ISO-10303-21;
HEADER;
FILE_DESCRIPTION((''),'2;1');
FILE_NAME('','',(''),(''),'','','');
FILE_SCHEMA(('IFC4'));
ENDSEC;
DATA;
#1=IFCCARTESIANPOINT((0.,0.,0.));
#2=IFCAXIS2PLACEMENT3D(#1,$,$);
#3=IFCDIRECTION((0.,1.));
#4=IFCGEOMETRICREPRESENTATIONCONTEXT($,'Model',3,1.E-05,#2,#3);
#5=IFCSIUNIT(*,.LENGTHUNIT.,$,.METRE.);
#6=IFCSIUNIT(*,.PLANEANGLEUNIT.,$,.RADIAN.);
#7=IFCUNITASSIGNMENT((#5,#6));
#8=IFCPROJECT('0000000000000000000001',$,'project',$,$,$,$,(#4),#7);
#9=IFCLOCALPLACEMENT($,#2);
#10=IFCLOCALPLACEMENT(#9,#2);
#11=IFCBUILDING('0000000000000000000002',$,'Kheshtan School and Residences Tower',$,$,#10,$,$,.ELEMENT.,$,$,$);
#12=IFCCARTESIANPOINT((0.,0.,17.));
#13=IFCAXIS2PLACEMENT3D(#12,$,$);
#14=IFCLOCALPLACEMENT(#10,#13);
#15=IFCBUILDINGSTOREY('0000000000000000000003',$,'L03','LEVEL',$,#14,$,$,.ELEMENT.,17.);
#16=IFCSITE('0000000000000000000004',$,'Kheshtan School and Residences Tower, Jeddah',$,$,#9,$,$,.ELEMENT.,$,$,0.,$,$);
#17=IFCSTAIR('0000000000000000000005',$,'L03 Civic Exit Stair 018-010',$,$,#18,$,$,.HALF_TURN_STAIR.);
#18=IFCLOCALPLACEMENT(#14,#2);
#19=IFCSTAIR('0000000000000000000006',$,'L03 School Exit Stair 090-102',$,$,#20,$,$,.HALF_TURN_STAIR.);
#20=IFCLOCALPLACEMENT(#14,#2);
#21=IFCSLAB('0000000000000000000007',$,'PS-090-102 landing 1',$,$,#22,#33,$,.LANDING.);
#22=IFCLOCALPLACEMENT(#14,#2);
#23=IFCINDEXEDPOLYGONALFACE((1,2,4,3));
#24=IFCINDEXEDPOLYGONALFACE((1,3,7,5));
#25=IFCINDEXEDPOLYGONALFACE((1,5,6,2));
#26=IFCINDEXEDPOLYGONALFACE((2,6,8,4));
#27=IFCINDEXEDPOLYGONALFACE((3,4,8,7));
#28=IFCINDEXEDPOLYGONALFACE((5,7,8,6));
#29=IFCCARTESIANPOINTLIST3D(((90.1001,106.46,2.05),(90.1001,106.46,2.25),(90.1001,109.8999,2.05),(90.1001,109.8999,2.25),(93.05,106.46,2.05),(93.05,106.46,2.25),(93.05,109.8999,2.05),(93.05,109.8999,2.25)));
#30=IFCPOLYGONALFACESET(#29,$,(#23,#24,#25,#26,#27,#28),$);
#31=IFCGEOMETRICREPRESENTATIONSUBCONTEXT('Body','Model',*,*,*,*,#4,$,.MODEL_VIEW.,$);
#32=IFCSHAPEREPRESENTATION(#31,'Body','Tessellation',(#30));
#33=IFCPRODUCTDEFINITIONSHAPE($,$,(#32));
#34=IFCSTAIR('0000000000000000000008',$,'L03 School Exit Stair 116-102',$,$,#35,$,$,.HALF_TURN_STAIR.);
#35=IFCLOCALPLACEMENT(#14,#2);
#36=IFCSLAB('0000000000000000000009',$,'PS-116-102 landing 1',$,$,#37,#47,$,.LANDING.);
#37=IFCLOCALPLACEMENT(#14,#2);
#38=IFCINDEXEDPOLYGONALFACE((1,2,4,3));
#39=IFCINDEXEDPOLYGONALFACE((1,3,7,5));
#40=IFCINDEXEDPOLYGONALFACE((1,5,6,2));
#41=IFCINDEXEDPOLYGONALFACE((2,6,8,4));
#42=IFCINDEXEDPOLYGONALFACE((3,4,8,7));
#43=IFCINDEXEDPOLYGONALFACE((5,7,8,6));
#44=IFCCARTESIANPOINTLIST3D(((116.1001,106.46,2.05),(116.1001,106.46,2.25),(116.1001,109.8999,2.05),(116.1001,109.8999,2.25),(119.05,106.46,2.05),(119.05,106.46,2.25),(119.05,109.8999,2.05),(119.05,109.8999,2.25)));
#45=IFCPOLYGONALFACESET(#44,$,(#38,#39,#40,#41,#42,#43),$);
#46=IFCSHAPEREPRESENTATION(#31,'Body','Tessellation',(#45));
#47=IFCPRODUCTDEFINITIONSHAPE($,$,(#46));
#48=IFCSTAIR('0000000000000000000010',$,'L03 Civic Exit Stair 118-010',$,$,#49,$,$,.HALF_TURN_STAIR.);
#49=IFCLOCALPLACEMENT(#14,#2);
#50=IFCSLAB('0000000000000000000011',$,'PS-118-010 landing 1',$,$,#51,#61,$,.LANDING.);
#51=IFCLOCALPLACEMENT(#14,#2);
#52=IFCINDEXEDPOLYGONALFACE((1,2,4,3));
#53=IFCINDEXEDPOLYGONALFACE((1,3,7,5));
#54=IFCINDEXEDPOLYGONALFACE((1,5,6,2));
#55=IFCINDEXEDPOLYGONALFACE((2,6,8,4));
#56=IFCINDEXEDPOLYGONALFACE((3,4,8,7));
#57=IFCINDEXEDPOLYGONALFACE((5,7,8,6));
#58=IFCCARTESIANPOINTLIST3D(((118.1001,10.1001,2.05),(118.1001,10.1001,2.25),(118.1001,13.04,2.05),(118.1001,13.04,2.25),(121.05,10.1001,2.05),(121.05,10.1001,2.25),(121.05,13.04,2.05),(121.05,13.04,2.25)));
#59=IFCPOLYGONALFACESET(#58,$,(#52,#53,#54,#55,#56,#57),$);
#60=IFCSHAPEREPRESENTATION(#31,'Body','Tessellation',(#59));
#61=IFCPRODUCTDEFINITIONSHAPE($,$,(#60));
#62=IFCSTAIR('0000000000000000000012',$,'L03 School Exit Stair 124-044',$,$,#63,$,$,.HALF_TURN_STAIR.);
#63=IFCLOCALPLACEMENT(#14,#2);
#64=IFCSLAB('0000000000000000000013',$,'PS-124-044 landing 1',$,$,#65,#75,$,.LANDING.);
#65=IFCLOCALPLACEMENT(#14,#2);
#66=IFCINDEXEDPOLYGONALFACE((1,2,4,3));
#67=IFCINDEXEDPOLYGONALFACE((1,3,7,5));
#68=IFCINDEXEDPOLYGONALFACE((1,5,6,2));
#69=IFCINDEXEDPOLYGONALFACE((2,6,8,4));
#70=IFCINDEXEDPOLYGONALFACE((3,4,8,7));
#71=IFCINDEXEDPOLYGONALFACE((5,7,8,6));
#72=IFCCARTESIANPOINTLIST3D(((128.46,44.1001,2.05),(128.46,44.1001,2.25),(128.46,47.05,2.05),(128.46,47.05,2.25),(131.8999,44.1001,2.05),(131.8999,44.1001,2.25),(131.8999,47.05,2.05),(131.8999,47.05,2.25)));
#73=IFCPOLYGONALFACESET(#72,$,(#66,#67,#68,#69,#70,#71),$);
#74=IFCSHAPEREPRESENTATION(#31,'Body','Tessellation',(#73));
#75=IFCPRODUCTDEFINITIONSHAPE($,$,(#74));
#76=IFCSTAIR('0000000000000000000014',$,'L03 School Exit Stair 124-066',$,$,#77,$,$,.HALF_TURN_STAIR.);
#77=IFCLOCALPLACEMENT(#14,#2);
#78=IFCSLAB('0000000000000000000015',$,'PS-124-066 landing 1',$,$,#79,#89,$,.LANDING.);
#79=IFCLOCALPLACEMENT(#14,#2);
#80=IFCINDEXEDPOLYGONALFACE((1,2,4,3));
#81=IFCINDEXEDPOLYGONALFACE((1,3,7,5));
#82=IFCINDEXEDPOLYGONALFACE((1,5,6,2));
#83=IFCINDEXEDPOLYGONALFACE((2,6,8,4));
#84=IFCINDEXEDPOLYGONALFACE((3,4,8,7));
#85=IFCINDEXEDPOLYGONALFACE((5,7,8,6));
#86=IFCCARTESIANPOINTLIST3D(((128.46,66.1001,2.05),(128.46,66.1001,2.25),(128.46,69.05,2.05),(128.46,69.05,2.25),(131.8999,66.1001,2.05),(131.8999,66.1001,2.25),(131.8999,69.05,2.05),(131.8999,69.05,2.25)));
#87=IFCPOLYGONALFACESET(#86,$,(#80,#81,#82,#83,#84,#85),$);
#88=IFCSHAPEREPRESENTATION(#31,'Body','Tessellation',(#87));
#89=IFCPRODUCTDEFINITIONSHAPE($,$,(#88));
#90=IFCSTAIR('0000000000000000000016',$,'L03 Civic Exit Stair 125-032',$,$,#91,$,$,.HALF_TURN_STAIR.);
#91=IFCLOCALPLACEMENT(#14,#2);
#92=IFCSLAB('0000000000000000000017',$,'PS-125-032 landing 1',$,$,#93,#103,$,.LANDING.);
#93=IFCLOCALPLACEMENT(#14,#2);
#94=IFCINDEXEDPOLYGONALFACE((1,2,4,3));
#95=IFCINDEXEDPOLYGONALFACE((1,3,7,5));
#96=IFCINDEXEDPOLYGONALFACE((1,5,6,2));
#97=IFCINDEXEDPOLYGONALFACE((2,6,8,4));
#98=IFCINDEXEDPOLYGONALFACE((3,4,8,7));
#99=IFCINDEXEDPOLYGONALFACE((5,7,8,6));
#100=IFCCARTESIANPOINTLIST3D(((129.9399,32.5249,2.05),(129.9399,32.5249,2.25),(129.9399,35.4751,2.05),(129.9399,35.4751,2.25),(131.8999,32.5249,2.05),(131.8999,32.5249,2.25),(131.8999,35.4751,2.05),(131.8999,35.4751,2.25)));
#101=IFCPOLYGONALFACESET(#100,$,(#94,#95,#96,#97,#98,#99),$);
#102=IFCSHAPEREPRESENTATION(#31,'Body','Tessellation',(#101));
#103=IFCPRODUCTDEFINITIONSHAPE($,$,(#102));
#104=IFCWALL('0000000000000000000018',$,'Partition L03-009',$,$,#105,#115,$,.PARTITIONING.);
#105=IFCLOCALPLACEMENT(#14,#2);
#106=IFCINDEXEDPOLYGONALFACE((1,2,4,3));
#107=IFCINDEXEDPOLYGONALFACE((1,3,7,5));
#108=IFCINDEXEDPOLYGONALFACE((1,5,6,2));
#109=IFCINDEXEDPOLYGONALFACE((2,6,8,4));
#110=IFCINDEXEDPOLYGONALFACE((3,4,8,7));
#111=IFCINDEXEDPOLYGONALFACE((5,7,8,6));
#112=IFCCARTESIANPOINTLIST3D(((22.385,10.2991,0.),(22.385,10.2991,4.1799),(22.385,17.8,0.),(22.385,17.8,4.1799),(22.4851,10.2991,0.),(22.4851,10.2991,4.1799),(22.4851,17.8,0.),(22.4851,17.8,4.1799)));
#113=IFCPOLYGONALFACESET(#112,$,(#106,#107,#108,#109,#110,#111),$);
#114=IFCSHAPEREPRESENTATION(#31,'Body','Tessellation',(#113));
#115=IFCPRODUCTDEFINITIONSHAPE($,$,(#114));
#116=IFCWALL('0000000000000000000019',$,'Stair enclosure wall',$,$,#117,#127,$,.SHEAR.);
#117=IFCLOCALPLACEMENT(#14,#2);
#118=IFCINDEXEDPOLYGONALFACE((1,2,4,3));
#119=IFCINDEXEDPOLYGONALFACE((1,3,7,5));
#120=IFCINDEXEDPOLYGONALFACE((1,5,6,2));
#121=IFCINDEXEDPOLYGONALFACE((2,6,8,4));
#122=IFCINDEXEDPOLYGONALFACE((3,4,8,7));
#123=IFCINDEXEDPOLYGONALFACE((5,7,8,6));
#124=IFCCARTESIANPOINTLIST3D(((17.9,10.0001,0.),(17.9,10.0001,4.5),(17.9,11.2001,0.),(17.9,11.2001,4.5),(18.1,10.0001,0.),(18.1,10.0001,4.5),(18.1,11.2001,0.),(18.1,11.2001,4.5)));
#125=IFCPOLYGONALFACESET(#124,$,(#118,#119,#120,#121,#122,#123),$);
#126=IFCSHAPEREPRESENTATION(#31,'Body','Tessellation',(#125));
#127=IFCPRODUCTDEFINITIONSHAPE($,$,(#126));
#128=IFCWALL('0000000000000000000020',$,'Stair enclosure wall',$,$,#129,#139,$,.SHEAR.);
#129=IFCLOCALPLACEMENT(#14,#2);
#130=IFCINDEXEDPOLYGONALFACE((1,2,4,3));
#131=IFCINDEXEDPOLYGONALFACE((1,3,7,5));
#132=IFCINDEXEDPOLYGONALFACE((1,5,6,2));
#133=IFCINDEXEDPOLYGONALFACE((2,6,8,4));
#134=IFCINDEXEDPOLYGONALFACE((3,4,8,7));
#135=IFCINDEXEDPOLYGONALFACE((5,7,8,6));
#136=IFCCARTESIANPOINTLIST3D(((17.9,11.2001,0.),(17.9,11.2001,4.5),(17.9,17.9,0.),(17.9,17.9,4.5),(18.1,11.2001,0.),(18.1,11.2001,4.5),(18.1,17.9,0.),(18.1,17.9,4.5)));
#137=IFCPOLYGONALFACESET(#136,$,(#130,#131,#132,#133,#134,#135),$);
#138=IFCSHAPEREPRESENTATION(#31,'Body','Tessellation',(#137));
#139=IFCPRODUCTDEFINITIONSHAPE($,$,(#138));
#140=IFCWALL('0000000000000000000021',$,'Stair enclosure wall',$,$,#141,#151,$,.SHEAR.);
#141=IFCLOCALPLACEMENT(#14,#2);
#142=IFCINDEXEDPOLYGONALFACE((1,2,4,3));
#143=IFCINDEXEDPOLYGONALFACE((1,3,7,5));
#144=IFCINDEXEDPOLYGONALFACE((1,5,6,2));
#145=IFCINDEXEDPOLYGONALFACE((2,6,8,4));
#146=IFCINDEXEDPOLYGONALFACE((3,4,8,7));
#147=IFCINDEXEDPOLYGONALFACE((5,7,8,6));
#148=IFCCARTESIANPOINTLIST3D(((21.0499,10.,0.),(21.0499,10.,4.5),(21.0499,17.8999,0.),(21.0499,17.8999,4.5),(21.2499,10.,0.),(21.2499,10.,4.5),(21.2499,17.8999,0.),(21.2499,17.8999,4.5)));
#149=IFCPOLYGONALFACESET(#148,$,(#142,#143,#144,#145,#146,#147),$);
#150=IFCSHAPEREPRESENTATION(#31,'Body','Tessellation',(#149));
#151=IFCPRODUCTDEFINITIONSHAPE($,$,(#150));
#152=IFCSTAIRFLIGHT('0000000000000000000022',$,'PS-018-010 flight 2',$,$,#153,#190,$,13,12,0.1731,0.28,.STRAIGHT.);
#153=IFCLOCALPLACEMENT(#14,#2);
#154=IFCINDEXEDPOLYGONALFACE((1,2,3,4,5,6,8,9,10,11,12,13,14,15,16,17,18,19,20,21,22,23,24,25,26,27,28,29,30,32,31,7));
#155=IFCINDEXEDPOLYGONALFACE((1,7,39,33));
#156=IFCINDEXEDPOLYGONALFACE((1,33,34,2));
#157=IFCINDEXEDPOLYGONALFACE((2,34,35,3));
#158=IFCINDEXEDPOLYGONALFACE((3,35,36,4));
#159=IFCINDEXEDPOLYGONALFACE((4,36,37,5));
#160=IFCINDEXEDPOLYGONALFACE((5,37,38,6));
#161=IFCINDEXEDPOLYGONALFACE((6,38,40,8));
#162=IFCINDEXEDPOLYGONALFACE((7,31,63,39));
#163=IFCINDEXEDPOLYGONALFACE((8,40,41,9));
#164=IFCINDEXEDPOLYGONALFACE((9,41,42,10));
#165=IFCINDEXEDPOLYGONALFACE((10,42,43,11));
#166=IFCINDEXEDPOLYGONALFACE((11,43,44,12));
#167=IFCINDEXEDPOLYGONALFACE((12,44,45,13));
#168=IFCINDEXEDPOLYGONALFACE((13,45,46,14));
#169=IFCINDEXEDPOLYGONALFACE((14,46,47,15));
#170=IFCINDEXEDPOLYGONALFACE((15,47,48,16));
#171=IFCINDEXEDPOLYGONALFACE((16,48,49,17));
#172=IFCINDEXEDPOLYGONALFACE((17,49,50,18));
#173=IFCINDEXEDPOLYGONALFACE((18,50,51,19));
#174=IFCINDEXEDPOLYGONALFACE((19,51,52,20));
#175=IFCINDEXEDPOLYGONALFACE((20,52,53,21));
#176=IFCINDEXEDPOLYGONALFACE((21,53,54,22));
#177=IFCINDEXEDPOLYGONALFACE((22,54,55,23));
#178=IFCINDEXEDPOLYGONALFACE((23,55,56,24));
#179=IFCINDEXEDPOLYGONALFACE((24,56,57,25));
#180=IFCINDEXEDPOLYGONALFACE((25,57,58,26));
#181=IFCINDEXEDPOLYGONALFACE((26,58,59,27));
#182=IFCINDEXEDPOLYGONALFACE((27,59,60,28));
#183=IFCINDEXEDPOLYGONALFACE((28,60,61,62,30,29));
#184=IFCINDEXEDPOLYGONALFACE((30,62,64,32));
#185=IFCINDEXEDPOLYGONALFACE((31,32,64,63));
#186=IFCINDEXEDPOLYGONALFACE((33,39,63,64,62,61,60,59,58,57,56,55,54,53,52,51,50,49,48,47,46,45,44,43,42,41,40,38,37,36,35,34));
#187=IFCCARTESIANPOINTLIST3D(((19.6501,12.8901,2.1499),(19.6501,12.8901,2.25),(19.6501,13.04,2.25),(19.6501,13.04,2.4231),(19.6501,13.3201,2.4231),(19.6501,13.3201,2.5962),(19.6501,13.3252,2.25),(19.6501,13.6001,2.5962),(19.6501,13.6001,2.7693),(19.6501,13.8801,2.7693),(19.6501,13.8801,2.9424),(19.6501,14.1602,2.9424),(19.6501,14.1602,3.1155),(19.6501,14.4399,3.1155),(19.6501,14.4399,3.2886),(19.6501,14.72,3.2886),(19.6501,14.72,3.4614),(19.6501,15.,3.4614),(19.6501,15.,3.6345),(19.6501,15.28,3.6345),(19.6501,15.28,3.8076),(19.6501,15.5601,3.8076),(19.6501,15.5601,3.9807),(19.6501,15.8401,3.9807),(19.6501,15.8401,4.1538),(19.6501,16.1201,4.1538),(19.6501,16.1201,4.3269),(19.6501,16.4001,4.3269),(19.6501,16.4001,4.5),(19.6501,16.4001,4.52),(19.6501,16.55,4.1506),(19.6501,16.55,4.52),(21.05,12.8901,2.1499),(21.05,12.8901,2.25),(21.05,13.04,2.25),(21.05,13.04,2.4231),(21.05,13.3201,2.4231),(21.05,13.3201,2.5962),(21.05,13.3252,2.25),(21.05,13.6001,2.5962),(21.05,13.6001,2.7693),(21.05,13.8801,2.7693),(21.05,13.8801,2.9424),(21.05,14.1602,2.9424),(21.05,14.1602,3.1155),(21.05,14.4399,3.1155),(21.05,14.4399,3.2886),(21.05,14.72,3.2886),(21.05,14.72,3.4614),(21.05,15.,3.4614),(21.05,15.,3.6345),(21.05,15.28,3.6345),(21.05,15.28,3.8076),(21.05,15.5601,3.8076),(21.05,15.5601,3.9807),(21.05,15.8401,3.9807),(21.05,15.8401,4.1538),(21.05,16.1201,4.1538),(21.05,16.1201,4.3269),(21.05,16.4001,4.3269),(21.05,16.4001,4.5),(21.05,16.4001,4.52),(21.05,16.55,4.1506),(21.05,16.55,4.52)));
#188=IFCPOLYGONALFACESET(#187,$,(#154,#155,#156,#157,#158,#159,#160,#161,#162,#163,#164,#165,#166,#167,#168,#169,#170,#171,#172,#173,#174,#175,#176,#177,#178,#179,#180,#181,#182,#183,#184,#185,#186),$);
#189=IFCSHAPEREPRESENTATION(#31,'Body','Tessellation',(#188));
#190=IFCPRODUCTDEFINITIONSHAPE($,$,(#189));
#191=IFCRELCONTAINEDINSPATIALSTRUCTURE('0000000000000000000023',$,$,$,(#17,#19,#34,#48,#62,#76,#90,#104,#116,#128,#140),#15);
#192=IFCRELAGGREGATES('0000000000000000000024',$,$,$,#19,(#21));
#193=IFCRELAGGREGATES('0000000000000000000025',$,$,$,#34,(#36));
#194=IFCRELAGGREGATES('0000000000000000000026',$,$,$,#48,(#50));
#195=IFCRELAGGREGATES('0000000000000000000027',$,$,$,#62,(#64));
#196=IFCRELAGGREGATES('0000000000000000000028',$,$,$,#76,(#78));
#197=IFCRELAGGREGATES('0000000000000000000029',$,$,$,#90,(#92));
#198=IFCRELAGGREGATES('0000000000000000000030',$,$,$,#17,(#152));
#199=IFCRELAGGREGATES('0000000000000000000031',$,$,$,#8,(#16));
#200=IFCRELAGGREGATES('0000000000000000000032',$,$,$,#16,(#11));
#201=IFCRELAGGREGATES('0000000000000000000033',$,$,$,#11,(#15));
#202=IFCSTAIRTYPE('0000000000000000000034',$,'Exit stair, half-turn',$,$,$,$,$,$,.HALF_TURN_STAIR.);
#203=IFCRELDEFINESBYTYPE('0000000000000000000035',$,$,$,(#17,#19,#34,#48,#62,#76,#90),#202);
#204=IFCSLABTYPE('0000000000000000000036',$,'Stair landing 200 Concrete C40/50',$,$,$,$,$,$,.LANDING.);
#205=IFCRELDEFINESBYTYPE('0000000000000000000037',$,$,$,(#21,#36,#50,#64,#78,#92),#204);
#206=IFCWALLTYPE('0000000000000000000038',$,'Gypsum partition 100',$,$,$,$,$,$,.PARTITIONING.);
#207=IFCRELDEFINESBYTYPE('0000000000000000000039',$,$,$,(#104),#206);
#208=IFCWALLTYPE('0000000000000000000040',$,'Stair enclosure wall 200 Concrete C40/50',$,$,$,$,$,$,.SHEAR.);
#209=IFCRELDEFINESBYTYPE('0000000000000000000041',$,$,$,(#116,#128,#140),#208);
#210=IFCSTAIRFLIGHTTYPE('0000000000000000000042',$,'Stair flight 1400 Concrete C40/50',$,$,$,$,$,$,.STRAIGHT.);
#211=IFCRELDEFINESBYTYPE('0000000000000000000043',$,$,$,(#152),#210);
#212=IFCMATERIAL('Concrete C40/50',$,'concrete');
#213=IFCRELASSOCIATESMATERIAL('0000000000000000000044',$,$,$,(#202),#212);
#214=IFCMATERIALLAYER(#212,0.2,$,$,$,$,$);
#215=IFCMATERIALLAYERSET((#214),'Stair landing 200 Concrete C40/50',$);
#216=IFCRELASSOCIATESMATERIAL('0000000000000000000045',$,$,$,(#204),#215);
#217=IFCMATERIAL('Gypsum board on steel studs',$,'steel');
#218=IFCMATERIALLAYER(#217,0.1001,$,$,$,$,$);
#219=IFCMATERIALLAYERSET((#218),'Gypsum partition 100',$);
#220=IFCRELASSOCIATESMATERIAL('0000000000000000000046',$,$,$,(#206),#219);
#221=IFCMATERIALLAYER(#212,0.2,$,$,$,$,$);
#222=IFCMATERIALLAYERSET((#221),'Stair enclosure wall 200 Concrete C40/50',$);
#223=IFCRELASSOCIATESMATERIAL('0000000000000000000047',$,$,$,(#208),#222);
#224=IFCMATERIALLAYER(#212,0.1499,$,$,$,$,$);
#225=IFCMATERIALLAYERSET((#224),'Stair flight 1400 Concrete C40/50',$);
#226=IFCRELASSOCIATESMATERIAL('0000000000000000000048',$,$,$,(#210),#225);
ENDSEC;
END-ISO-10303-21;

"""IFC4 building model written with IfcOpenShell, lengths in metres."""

from ifc_helpers import new_model, si_unit, direction, frame, frame_2d, origin, place, context, subcontext, project, spatial, polyline, rectangle, outline, extrude, material, layer, layer_set, type_object, element, aggregate, save


model = new_model("IFC4")

# Units and contexts
model_context = context("Model", 3, precision=1e-05, world=origin(), true_north=direction((0.0, 1.0)))
body_context = subcontext(model_context, "Body", "Model", "MODEL_VIEW")
ifc_project = project(units=[si_unit("LENGTHUNIT", "METRE"), si_unit("PLANEANGLEUNIT", "RADIAN")], contexts=[model_context])

# Site, building, storey
site_placement = place(None, origin())
site = spatial("IfcSite", under=ifc_project, at=site_placement, Name="Kheshtan School and Residences Tower, Jeddah", CompositionType="ELEMENT", RefElevation=0.0)
building_placement = place(site_placement, origin())
building = spatial("IfcBuilding", under=site, at=building_placement, Name="Kheshtan School and Residences Tower", CompositionType="ELEMENT")
storey_placement = place(building_placement, frame((0.0, 0.0, 17.0)))
storey = spatial("IfcBuildingStorey", under=building, at=storey_placement, Name="L03", Description="LEVEL", CompositionType="ELEMENT", Elevation=17.0)

# Shared definitions
ifc_material_1 = material(Name="Concrete C40/50", Category="concrete")

# Stairs, slabs
stair_type = type_object("IfcStairType", Name="Exit stair, half-turn", PredefinedType="HALF_TURN_STAIR", material=ifc_material_1)
ifc_layer_1 = layer(ifc_material_1, 0.2)
ifc_layer_set_1 = layer_set([ifc_layer_1], Name="Stair landing 200 Concrete C40/50")
slab_type_1 = type_object("IfcSlabType", Name="Stair landing 200 Concrete C40/50", PredefinedType="LANDING", material=ifc_layer_set_1)
stair_1_placement = place(storey_placement, origin())
stair_1 = element("IfcStair", 1, at=stair_1_placement, inside=storey, type_object=stair_type, Name="L03 Civic Exit Stair 018-010", PredefinedType="HALF_TURN_STAIR")
stair_2_placement = place(storey_placement, origin())
stair_2 = element("IfcStair", 2, at=stair_2_placement, inside=storey, type_object=stair_type, Name="L03 School Exit Stair 090-102", PredefinedType="HALF_TURN_STAIR")
slab_1_placement = place(storey_placement, frame((0.0, 0.0, 2.05)))
slab_1 = element("IfcSlab", 3, at=slab_1_placement, type_object=slab_type_1, Name="PS-090-102 landing 1", PredefinedType="LANDING", context=body_context, shape_type="SweptSolid", body=[
    extrude(outline(polyline([(93.05, 106.46), (93.05, 109.8999), (90.1001, 109.8999), (90.1001, 106.46), (93.05, 106.46)])), origin(), (0.0, 0.0, 1.0), 0.2),
])
aggregate(stair_2, [slab_1])
stair_3_placement = place(storey_placement, origin())
stair_3 = element("IfcStair", 4, at=stair_3_placement, inside=storey, type_object=stair_type, Name="L03 School Exit Stair 116-102", PredefinedType="HALF_TURN_STAIR")
slab_2_placement = place(storey_placement, frame((0.0, 0.0, 2.05)))
slab_2 = element("IfcSlab", 5, at=slab_2_placement, type_object=slab_type_1, Name="PS-116-102 landing 1", PredefinedType="LANDING", context=body_context, shape_type="SweptSolid", body=[
    extrude(outline(polyline([(119.05, 106.46), (119.05, 109.8999), (116.1001, 109.8999), (116.1001, 106.46), (119.05, 106.46)])), origin(), (0.0, 0.0, 1.0), 0.2),
])
aggregate(stair_3, [slab_2])
stair_4_placement = place(storey_placement, origin())
stair_4 = element("IfcStair", 6, at=stair_4_placement, inside=storey, type_object=stair_type, Name="L03 Civic Exit Stair 118-010", PredefinedType="HALF_TURN_STAIR")
slab_3_placement = place(storey_placement, frame((0.0, 0.0, 2.05)))
slab_3 = element("IfcSlab", 7, at=slab_3_placement, type_object=slab_type_1, Name="PS-118-010 landing 1", PredefinedType="LANDING", context=body_context, shape_type="SweptSolid", body=[
    extrude(outline(polyline([(118.1001, 13.04), (118.1001, 10.1001), (121.05, 10.1001), (121.05, 13.04), (118.1001, 13.04)])), origin(), (0.0, 0.0, 1.0), 0.2),
])
aggregate(stair_4, [slab_3])
stair_5_placement = place(storey_placement, origin())
stair_5 = element("IfcStair", 8, at=stair_5_placement, inside=storey, type_object=stair_type, Name="L03 School Exit Stair 124-044", PredefinedType="HALF_TURN_STAIR")
slab_4_placement = place(storey_placement, frame((0.0, 0.0, 2.05)))
slab_4 = element("IfcSlab", 9, at=slab_4_placement, type_object=slab_type_1, Name="PS-124-044 landing 1", PredefinedType="LANDING", context=body_context, shape_type="SweptSolid", body=[
    extrude(outline(polyline([(128.46, 44.1001), (131.8999, 44.1001), (131.8999, 47.05), (128.46, 47.05), (128.46, 44.1001)])), origin(), (0.0, 0.0, 1.0), 0.2),
])
aggregate(stair_5, [slab_4])
stair_6_placement = place(storey_placement, origin())
stair_6 = element("IfcStair", 10, at=stair_6_placement, inside=storey, type_object=stair_type, Name="L03 School Exit Stair 124-066", PredefinedType="HALF_TURN_STAIR")
slab_5_placement = place(storey_placement, frame((0.0, 0.0, 2.05)))
slab_5 = element("IfcSlab", 11, at=slab_5_placement, type_object=slab_type_1, Name="PS-124-066 landing 1", PredefinedType="LANDING", context=body_context, shape_type="SweptSolid", body=[
    extrude(outline(polyline([(128.46, 66.1001), (131.8999, 66.1001), (131.8999, 69.05), (128.46, 69.05), (128.46, 66.1001)])), origin(), (0.0, 0.0, 1.0), 0.2),
])
aggregate(stair_6, [slab_5])
stair_7_placement = place(storey_placement, origin())
stair_7 = element("IfcStair", 12, at=stair_7_placement, inside=storey, type_object=stair_type, Name="L03 Civic Exit Stair 125-032", PredefinedType="HALF_TURN_STAIR")
slab_6_placement = place(storey_placement, frame((0.0, 0.0, 2.05)))
slab_6 = element("IfcSlab", 13, at=slab_6_placement, type_object=slab_type_1, Name="PS-125-032 landing 1", PredefinedType="LANDING", context=body_context, shape_type="SweptSolid", body=[
    extrude(outline(polyline([(129.9399, 32.5249), (131.8999, 32.5249), (131.8999, 35.4751), (129.9399, 35.4751), (129.9399, 32.5249)])), origin(), (0.0, 0.0, 1.0), 0.2),
])
aggregate(stair_7, [slab_6])

# Walls
ifc_material_2 = material(Name="Gypsum board on steel studs", Category="steel")
ifc_layer_2 = layer(ifc_material_2, 0.1001)
ifc_layer_set_2 = layer_set([ifc_layer_2], Name="Gypsum partition 100")
wall_type_1 = type_object("IfcWallType", Name="Gypsum partition 100", PredefinedType="PARTITIONING", material=ifc_layer_set_2)
wall_1_placement = place(storey_placement, frame((22.4351, 10.2991, 0.0), z_axis=(0.0, 0.0, 1.0), x_axis=(0.0, 1.0, 0.0)))
element("IfcWall", 14, at=wall_1_placement, inside=storey, type_object=wall_type_1, Name="Partition L03-009", PredefinedType="PARTITIONING", context=body_context, shape_type="SweptSolid", body=[
    extrude(rectangle(XDim=7.501, YDim=0.1001, at=frame_2d((3.7505, 0.0))), origin(), (0.0, 0.0, 1.0), 4.1799),
])
ifc_layer_3 = layer(ifc_material_1, 0.2)
ifc_layer_set_3 = layer_set([ifc_layer_3], Name="Stair enclosure wall 200 Concrete C40/50")
wall_type_2 = type_object("IfcWallType", Name="Stair enclosure wall 200 Concrete C40/50", PredefinedType="SHEAR", material=ifc_layer_set_3)
wall_2_placement = place(storey_placement, frame((18.0, 10.0, 0.0), z_axis=(0.0, 0.0, 1.0), x_axis=(0.0, 1.0, 0.0)))
element("IfcWall", 15, at=wall_2_placement, inside=storey, type_object=wall_type_2, Name="Stair enclosure wall", PredefinedType="SHEAR", context=body_context, shape_type="SweptSolid", body=[
    extrude(rectangle(XDim=1.2, YDim=0.2, at=frame_2d((0.6001, 0.0))), origin(), (0.0, 0.0, 1.0), 4.5),
])
wall_3_placement = place(storey_placement, frame((18.0, 11.2, 0.0), z_axis=(0.0, 0.0, 1.0), x_axis=(0.0, 1.0, 0.0)))
element("IfcWall", 16, at=wall_3_placement, inside=storey, type_object=wall_type_2, Name="Stair enclosure wall", PredefinedType="SHEAR", context=body_context, shape_type="SweptSolid", body=[
    extrude(rectangle(XDim=6.7, YDim=0.2, at=frame_2d((3.3501, 0.0))), origin(), (0.0, 0.0, 1.0), 4.5),
])
wall_4_placement = place(storey_placement, frame((21.1499, 10.0, 0.0), z_axis=(0.0, 0.0, 1.0), x_axis=(0.0, 1.0, 0.0)))
element("IfcWall", 17, at=wall_4_placement, inside=storey, type_object=wall_type_2, Name="Stair enclosure wall", PredefinedType="SHEAR", context=body_context, shape_type="SweptSolid", body=[
    extrude(rectangle(XDim=7.8999, YDim=0.2, at=frame_2d((3.95, 0.0))), origin(), (0.0, 0.0, 1.0), 4.5),
])

# Stair flight
ifc_layer_4 = layer(ifc_material_1, 0.1499)
ifc_layer_set_4 = layer_set([ifc_layer_4], Name="Stair flight 1400 Concrete C40/50")
stair_flight_type = type_object("IfcStairFlightType", Name="Stair flight 1400 Concrete C40/50", PredefinedType="STRAIGHT", material=ifc_layer_set_4)
stair_flight_placement = place(storey_placement, frame((20.3501, 13.04, 2.25), z_axis=(0.0, 0.0, 1.0), x_axis=(0.0, 1.0, 0.0)))
stair_flight = element("IfcStairFlight", 18, at=stair_flight_placement, type_object=stair_flight_type, Name="PS-018-010 flight 2", NumberOfRisers=13, NumberOfTreads=12, PredefinedType="STRAIGHT", RiserHeight=0.1731, TreadLength=0.28, context=body_context, shape_type="SweptSolid", body=[
    extrude(outline(polyline([(-0.1499, -0.1001), (-0.1499, 0.0), (0.0, 0.0), (0.0, 0.1731), (0.28, 0.1731), (0.28, 0.3462), (0.5601, 0.3462), (0.5601, 0.5193), (0.8401, 0.5193), (0.8401, 0.6924), (1.1201, 0.6924), (1.1201, 0.8655), (1.3999, 0.8655), (1.3999, 1.0386), (1.6799, 1.0386), (1.6799, 1.2114), (1.96, 1.2114), (1.96, 1.3845), (2.24, 1.3845), (2.24, 1.5576), (2.52, 1.5576), (2.52, 1.7307), (2.8, 1.7307), (2.8, 1.9038), (3.0801, 1.9038), (3.0801, 2.0769), (3.3601, 2.0769), (3.3601, 2.25), (3.3601, 2.27), (3.51, 2.27), (3.51, 1.9006), (0.2852, 0.0), (-0.1499, -0.1001)])), frame((0.0, 0.7, 0.0), z_axis=(0.0, -1.0, 0.0), x_axis=(1.0, 0.0, 0.0)), (0.0, 0.0, 1.0), 1.3999),
])
aggregate(stair_1, [stair_flight])

save(model, "model.ifc")
